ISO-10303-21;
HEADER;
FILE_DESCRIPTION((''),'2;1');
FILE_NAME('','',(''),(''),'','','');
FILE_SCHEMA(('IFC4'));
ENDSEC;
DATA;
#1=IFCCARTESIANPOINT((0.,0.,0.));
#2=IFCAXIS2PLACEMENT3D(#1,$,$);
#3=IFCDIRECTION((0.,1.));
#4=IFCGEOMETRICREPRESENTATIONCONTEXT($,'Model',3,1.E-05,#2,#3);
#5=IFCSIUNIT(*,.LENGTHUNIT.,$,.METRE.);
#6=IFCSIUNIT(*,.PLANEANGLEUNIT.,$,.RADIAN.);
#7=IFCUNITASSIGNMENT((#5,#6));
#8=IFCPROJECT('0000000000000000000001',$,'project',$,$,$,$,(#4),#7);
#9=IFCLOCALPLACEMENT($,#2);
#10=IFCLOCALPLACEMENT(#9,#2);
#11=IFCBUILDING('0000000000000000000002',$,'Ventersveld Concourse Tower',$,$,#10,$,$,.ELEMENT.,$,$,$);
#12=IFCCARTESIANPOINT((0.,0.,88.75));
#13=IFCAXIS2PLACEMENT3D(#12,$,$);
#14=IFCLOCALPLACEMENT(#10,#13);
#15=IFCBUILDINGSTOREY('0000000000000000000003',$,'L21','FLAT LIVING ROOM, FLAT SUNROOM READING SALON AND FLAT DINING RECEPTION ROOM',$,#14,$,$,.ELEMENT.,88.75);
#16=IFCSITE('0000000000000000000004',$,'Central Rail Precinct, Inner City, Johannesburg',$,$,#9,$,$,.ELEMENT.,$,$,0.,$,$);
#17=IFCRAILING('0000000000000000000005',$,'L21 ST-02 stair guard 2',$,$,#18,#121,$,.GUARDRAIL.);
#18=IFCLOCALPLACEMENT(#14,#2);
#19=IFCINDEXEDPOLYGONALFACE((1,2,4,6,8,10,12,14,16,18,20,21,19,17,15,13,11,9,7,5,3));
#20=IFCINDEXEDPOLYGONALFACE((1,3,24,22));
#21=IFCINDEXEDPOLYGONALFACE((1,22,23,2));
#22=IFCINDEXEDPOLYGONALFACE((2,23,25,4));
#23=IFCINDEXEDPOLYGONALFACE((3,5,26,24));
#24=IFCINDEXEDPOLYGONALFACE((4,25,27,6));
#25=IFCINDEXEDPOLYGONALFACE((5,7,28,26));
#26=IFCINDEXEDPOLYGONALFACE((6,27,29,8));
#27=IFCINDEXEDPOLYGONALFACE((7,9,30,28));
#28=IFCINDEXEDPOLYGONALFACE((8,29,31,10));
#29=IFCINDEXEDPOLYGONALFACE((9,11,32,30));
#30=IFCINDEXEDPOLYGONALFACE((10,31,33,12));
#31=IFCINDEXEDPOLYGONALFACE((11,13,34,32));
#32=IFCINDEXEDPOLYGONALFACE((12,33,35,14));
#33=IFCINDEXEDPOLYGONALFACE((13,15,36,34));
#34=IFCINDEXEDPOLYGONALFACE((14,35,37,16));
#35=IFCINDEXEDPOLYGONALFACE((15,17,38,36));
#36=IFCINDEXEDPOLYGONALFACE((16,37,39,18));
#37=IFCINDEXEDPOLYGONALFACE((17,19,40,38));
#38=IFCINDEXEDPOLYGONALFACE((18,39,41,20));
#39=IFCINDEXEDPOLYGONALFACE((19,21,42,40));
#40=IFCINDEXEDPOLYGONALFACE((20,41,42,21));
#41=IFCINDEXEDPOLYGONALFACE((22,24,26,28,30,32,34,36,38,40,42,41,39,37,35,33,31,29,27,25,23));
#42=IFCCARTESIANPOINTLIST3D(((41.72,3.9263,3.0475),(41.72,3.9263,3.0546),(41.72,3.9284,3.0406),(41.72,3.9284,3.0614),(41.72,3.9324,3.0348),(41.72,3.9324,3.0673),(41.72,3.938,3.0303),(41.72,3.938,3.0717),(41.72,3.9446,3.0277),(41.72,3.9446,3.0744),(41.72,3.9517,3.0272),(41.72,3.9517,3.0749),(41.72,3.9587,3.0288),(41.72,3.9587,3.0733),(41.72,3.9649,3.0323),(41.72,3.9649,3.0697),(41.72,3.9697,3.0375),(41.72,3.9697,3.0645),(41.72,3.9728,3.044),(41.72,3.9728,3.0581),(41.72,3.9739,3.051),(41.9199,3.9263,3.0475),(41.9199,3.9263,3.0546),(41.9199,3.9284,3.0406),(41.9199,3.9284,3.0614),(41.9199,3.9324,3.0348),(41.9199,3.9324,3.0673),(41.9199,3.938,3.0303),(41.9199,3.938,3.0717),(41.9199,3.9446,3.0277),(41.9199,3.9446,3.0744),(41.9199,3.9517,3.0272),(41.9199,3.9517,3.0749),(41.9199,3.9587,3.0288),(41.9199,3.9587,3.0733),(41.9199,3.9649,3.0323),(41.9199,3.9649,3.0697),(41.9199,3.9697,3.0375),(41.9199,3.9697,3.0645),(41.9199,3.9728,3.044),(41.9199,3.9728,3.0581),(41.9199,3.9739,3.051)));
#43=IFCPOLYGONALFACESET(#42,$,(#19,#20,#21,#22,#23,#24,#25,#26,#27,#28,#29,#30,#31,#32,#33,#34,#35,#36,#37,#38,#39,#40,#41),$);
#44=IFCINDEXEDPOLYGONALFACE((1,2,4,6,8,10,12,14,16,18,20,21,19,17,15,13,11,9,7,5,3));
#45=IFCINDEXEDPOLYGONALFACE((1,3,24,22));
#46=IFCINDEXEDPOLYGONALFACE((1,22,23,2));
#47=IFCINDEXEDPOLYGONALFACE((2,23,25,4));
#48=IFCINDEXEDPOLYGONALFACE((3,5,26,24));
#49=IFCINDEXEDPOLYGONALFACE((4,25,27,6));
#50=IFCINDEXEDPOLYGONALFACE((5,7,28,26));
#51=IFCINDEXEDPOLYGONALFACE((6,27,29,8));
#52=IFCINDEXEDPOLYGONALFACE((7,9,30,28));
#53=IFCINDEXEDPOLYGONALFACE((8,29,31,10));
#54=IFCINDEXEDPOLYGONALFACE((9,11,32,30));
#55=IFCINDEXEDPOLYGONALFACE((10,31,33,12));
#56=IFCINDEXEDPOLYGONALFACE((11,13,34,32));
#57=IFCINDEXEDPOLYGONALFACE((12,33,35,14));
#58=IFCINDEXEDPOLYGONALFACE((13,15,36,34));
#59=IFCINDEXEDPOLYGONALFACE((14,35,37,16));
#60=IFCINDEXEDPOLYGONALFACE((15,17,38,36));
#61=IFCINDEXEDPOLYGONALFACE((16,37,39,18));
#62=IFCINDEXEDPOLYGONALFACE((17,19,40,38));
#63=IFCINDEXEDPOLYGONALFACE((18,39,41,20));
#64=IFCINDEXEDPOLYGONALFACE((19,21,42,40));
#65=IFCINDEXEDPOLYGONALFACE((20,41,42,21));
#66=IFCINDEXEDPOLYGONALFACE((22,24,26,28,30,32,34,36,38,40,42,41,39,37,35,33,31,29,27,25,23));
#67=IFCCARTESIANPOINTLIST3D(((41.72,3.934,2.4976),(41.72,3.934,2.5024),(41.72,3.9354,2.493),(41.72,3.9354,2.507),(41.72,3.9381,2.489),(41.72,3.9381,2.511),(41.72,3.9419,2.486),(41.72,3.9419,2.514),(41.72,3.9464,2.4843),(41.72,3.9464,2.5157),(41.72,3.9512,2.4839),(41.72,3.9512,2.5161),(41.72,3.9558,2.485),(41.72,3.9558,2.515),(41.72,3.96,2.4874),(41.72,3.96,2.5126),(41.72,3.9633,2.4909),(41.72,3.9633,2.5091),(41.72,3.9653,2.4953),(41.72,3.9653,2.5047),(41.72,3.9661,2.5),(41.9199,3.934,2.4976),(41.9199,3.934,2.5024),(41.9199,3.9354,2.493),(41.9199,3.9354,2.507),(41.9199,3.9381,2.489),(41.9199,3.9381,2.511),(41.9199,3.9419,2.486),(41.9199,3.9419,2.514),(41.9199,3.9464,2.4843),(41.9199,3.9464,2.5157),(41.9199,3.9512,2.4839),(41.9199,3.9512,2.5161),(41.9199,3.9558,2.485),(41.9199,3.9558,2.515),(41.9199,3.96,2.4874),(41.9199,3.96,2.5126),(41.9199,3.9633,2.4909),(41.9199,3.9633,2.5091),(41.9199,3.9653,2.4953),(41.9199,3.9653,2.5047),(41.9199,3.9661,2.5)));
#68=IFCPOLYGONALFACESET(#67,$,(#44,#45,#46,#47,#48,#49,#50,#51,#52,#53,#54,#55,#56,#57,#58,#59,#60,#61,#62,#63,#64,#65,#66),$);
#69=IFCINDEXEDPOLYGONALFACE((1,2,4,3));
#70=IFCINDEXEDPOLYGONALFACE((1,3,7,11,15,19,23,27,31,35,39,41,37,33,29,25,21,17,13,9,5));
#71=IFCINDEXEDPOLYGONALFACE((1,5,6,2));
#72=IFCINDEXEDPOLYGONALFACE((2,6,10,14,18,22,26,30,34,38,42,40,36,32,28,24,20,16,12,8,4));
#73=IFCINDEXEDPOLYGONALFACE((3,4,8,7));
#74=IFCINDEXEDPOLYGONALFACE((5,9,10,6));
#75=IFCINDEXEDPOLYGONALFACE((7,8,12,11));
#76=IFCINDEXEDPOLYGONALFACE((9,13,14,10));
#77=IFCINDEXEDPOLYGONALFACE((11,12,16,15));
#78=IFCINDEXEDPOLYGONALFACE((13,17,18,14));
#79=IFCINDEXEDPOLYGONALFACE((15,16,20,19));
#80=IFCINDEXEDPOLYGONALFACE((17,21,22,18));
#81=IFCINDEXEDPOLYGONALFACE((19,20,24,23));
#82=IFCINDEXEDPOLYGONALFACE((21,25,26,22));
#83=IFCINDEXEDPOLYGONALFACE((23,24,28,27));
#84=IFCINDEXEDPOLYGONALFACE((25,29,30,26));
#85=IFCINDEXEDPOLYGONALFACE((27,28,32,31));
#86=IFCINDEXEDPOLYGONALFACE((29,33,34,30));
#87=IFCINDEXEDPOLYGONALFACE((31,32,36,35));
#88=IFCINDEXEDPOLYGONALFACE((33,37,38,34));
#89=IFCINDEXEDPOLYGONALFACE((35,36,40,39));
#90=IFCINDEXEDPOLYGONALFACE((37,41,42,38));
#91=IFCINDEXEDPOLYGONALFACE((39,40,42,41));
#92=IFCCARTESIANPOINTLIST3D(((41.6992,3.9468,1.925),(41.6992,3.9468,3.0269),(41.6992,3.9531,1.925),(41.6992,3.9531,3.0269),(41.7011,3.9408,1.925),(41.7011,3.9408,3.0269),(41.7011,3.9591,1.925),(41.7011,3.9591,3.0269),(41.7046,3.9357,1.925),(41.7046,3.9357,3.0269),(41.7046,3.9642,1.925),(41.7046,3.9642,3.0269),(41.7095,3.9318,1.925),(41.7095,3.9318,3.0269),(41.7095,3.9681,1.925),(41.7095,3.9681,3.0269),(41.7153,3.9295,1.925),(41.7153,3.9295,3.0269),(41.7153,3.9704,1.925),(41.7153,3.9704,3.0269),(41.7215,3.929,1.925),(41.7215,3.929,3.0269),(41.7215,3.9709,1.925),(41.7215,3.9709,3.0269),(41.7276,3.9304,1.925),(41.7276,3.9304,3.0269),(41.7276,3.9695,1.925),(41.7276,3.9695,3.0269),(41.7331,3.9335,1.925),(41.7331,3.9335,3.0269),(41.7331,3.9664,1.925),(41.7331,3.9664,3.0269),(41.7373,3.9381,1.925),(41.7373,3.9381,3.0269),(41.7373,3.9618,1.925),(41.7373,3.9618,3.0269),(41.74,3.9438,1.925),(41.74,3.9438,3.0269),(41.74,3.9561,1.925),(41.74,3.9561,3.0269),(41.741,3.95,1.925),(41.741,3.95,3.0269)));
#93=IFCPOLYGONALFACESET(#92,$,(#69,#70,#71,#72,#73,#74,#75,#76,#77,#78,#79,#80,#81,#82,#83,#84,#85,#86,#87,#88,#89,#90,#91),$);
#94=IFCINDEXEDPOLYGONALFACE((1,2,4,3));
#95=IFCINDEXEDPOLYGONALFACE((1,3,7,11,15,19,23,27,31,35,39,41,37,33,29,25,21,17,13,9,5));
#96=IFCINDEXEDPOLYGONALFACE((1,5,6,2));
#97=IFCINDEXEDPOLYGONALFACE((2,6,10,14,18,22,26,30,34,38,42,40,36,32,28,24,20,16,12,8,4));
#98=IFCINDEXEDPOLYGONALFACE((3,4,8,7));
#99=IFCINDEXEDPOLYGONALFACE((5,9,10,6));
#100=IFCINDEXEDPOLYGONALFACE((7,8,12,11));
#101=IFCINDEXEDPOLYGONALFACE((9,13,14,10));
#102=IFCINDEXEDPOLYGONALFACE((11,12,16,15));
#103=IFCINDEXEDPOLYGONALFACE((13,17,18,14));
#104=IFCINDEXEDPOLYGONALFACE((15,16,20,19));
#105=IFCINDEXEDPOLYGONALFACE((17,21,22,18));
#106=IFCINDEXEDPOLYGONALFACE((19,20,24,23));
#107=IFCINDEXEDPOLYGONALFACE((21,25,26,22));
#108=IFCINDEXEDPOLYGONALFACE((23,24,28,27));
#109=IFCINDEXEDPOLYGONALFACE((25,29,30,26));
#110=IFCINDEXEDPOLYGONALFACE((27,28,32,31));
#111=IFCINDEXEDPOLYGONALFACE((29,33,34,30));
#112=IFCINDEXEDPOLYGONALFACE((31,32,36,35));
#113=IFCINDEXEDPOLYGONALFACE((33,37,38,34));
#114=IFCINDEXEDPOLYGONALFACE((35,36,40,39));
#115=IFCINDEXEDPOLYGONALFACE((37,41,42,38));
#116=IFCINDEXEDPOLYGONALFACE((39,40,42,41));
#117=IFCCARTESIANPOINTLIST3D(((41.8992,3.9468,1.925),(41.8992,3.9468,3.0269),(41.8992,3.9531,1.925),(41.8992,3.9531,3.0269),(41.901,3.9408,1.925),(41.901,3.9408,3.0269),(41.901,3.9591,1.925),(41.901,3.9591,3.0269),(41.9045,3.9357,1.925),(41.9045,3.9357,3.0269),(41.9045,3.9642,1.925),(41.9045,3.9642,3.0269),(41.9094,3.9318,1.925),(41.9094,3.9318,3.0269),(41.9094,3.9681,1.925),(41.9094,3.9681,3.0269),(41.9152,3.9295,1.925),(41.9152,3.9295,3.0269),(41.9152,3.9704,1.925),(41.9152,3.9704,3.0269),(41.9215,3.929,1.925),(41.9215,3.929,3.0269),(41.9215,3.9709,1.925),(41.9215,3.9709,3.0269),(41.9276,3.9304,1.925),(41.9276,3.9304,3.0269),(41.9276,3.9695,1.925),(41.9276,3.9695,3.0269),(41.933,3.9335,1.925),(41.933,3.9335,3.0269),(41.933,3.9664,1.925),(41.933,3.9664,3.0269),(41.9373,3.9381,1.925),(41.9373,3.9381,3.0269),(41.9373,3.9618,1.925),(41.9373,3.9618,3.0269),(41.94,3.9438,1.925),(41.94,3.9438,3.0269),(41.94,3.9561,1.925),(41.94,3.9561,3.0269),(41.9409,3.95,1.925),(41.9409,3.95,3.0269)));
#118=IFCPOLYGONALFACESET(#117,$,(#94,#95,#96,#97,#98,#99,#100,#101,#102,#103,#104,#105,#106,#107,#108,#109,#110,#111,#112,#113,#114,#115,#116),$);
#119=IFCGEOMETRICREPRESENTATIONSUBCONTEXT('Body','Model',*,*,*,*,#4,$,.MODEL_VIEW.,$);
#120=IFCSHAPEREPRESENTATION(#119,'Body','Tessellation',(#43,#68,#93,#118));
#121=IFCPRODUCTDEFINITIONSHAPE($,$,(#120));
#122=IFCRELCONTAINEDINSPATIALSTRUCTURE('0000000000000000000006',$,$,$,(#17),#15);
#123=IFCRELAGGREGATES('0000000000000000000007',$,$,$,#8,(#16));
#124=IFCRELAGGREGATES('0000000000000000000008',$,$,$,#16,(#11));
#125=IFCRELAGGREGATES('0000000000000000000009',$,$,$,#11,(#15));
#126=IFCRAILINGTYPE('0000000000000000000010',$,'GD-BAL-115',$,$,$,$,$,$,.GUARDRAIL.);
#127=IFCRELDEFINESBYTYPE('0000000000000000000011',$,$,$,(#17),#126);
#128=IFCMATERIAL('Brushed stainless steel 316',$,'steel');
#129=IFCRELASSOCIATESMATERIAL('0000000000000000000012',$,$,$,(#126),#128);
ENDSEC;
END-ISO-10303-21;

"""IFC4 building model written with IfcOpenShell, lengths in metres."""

from ifc_helpers import new_model, si_unit, direction, frame, origin, origin_2d, place, context, subcontext, project, spatial, circle, extrude, material, type_object, element, save


model = new_model("IFC4")

# Units and contexts
model_context = context("Model", 3, precision=1e-05, world=origin(), true_north=direction((0.0, 1.0)))
body_context = subcontext(model_context, "Body", "Model", "MODEL_VIEW")
ifc_project = project(units=[si_unit("LENGTHUNIT", "METRE"), si_unit("PLANEANGLEUNIT", "RADIAN")], contexts=[model_context])

# Site, building, storey
site_placement = place(None, origin())
site = spatial("IfcSite", under=ifc_project, at=site_placement, Name="Central Rail Precinct, Inner City, Johannesburg", CompositionType="ELEMENT", RefElevation=0.0)
building_placement = place(site_placement, origin())
building = spatial("IfcBuilding", under=site, at=building_placement, Name="Ventersveld Concourse Tower", CompositionType="ELEMENT")
storey_placement = place(building_placement, frame((0.0, 0.0, 88.75)))
storey = spatial("IfcBuildingStorey", under=building, at=storey_placement, Name="L21", Description="FLAT LIVING ROOM, FLAT SUNROOM READING SALON AND FLAT DINING RECEPTION ROOM", CompositionType="ELEMENT", Elevation=88.75)

# Railing
ifc_material_1 = material(Name="Brushed stainless steel 316", Category="steel")
railing_type_1 = type_object("IfcRailingType", Name="GD-BAL-115", PredefinedType="GUARDRAIL", material=ifc_material_1)
railing_1_placement = place(storey_placement, frame((41.72, 3.95, 1.925)))
element("IfcRailing", 1, at=railing_1_placement, inside=storey, type_object=railing_type_1, Name="L21 ST-02 stair guard 2", PredefinedType="GUARDRAIL", context=body_context, shape_type="SweptSolid", body=[
    extrude(circle(Radius=0.0239, at=origin_2d()), frame((0.0, 0.0, 1.126), z_axis=(1.0, 0.0, 0.0), x_axis=(0.0, 1.0, 0.0)), (0.0, 0.0, 1.0), 0.2),
    extrude(circle(Radius=0.0161, at=origin_2d()), frame((0.0, 0.0, 0.575), z_axis=(1.0, 0.0, 0.0), x_axis=(0.0, 1.0, 0.0)), (0.0, 0.0, 1.0), 0.2),
    extrude(circle(Radius=0.021, at=origin_2d()), origin(), (0.0, 0.0, 1.0), 1.1018),
    extrude(circle(Radius=0.021, at=origin_2d()), frame((0.2, 0.0, 0.0)), (0.0, 0.0, 1.0), 1.1018),
])

save(model, "model.ifc")
